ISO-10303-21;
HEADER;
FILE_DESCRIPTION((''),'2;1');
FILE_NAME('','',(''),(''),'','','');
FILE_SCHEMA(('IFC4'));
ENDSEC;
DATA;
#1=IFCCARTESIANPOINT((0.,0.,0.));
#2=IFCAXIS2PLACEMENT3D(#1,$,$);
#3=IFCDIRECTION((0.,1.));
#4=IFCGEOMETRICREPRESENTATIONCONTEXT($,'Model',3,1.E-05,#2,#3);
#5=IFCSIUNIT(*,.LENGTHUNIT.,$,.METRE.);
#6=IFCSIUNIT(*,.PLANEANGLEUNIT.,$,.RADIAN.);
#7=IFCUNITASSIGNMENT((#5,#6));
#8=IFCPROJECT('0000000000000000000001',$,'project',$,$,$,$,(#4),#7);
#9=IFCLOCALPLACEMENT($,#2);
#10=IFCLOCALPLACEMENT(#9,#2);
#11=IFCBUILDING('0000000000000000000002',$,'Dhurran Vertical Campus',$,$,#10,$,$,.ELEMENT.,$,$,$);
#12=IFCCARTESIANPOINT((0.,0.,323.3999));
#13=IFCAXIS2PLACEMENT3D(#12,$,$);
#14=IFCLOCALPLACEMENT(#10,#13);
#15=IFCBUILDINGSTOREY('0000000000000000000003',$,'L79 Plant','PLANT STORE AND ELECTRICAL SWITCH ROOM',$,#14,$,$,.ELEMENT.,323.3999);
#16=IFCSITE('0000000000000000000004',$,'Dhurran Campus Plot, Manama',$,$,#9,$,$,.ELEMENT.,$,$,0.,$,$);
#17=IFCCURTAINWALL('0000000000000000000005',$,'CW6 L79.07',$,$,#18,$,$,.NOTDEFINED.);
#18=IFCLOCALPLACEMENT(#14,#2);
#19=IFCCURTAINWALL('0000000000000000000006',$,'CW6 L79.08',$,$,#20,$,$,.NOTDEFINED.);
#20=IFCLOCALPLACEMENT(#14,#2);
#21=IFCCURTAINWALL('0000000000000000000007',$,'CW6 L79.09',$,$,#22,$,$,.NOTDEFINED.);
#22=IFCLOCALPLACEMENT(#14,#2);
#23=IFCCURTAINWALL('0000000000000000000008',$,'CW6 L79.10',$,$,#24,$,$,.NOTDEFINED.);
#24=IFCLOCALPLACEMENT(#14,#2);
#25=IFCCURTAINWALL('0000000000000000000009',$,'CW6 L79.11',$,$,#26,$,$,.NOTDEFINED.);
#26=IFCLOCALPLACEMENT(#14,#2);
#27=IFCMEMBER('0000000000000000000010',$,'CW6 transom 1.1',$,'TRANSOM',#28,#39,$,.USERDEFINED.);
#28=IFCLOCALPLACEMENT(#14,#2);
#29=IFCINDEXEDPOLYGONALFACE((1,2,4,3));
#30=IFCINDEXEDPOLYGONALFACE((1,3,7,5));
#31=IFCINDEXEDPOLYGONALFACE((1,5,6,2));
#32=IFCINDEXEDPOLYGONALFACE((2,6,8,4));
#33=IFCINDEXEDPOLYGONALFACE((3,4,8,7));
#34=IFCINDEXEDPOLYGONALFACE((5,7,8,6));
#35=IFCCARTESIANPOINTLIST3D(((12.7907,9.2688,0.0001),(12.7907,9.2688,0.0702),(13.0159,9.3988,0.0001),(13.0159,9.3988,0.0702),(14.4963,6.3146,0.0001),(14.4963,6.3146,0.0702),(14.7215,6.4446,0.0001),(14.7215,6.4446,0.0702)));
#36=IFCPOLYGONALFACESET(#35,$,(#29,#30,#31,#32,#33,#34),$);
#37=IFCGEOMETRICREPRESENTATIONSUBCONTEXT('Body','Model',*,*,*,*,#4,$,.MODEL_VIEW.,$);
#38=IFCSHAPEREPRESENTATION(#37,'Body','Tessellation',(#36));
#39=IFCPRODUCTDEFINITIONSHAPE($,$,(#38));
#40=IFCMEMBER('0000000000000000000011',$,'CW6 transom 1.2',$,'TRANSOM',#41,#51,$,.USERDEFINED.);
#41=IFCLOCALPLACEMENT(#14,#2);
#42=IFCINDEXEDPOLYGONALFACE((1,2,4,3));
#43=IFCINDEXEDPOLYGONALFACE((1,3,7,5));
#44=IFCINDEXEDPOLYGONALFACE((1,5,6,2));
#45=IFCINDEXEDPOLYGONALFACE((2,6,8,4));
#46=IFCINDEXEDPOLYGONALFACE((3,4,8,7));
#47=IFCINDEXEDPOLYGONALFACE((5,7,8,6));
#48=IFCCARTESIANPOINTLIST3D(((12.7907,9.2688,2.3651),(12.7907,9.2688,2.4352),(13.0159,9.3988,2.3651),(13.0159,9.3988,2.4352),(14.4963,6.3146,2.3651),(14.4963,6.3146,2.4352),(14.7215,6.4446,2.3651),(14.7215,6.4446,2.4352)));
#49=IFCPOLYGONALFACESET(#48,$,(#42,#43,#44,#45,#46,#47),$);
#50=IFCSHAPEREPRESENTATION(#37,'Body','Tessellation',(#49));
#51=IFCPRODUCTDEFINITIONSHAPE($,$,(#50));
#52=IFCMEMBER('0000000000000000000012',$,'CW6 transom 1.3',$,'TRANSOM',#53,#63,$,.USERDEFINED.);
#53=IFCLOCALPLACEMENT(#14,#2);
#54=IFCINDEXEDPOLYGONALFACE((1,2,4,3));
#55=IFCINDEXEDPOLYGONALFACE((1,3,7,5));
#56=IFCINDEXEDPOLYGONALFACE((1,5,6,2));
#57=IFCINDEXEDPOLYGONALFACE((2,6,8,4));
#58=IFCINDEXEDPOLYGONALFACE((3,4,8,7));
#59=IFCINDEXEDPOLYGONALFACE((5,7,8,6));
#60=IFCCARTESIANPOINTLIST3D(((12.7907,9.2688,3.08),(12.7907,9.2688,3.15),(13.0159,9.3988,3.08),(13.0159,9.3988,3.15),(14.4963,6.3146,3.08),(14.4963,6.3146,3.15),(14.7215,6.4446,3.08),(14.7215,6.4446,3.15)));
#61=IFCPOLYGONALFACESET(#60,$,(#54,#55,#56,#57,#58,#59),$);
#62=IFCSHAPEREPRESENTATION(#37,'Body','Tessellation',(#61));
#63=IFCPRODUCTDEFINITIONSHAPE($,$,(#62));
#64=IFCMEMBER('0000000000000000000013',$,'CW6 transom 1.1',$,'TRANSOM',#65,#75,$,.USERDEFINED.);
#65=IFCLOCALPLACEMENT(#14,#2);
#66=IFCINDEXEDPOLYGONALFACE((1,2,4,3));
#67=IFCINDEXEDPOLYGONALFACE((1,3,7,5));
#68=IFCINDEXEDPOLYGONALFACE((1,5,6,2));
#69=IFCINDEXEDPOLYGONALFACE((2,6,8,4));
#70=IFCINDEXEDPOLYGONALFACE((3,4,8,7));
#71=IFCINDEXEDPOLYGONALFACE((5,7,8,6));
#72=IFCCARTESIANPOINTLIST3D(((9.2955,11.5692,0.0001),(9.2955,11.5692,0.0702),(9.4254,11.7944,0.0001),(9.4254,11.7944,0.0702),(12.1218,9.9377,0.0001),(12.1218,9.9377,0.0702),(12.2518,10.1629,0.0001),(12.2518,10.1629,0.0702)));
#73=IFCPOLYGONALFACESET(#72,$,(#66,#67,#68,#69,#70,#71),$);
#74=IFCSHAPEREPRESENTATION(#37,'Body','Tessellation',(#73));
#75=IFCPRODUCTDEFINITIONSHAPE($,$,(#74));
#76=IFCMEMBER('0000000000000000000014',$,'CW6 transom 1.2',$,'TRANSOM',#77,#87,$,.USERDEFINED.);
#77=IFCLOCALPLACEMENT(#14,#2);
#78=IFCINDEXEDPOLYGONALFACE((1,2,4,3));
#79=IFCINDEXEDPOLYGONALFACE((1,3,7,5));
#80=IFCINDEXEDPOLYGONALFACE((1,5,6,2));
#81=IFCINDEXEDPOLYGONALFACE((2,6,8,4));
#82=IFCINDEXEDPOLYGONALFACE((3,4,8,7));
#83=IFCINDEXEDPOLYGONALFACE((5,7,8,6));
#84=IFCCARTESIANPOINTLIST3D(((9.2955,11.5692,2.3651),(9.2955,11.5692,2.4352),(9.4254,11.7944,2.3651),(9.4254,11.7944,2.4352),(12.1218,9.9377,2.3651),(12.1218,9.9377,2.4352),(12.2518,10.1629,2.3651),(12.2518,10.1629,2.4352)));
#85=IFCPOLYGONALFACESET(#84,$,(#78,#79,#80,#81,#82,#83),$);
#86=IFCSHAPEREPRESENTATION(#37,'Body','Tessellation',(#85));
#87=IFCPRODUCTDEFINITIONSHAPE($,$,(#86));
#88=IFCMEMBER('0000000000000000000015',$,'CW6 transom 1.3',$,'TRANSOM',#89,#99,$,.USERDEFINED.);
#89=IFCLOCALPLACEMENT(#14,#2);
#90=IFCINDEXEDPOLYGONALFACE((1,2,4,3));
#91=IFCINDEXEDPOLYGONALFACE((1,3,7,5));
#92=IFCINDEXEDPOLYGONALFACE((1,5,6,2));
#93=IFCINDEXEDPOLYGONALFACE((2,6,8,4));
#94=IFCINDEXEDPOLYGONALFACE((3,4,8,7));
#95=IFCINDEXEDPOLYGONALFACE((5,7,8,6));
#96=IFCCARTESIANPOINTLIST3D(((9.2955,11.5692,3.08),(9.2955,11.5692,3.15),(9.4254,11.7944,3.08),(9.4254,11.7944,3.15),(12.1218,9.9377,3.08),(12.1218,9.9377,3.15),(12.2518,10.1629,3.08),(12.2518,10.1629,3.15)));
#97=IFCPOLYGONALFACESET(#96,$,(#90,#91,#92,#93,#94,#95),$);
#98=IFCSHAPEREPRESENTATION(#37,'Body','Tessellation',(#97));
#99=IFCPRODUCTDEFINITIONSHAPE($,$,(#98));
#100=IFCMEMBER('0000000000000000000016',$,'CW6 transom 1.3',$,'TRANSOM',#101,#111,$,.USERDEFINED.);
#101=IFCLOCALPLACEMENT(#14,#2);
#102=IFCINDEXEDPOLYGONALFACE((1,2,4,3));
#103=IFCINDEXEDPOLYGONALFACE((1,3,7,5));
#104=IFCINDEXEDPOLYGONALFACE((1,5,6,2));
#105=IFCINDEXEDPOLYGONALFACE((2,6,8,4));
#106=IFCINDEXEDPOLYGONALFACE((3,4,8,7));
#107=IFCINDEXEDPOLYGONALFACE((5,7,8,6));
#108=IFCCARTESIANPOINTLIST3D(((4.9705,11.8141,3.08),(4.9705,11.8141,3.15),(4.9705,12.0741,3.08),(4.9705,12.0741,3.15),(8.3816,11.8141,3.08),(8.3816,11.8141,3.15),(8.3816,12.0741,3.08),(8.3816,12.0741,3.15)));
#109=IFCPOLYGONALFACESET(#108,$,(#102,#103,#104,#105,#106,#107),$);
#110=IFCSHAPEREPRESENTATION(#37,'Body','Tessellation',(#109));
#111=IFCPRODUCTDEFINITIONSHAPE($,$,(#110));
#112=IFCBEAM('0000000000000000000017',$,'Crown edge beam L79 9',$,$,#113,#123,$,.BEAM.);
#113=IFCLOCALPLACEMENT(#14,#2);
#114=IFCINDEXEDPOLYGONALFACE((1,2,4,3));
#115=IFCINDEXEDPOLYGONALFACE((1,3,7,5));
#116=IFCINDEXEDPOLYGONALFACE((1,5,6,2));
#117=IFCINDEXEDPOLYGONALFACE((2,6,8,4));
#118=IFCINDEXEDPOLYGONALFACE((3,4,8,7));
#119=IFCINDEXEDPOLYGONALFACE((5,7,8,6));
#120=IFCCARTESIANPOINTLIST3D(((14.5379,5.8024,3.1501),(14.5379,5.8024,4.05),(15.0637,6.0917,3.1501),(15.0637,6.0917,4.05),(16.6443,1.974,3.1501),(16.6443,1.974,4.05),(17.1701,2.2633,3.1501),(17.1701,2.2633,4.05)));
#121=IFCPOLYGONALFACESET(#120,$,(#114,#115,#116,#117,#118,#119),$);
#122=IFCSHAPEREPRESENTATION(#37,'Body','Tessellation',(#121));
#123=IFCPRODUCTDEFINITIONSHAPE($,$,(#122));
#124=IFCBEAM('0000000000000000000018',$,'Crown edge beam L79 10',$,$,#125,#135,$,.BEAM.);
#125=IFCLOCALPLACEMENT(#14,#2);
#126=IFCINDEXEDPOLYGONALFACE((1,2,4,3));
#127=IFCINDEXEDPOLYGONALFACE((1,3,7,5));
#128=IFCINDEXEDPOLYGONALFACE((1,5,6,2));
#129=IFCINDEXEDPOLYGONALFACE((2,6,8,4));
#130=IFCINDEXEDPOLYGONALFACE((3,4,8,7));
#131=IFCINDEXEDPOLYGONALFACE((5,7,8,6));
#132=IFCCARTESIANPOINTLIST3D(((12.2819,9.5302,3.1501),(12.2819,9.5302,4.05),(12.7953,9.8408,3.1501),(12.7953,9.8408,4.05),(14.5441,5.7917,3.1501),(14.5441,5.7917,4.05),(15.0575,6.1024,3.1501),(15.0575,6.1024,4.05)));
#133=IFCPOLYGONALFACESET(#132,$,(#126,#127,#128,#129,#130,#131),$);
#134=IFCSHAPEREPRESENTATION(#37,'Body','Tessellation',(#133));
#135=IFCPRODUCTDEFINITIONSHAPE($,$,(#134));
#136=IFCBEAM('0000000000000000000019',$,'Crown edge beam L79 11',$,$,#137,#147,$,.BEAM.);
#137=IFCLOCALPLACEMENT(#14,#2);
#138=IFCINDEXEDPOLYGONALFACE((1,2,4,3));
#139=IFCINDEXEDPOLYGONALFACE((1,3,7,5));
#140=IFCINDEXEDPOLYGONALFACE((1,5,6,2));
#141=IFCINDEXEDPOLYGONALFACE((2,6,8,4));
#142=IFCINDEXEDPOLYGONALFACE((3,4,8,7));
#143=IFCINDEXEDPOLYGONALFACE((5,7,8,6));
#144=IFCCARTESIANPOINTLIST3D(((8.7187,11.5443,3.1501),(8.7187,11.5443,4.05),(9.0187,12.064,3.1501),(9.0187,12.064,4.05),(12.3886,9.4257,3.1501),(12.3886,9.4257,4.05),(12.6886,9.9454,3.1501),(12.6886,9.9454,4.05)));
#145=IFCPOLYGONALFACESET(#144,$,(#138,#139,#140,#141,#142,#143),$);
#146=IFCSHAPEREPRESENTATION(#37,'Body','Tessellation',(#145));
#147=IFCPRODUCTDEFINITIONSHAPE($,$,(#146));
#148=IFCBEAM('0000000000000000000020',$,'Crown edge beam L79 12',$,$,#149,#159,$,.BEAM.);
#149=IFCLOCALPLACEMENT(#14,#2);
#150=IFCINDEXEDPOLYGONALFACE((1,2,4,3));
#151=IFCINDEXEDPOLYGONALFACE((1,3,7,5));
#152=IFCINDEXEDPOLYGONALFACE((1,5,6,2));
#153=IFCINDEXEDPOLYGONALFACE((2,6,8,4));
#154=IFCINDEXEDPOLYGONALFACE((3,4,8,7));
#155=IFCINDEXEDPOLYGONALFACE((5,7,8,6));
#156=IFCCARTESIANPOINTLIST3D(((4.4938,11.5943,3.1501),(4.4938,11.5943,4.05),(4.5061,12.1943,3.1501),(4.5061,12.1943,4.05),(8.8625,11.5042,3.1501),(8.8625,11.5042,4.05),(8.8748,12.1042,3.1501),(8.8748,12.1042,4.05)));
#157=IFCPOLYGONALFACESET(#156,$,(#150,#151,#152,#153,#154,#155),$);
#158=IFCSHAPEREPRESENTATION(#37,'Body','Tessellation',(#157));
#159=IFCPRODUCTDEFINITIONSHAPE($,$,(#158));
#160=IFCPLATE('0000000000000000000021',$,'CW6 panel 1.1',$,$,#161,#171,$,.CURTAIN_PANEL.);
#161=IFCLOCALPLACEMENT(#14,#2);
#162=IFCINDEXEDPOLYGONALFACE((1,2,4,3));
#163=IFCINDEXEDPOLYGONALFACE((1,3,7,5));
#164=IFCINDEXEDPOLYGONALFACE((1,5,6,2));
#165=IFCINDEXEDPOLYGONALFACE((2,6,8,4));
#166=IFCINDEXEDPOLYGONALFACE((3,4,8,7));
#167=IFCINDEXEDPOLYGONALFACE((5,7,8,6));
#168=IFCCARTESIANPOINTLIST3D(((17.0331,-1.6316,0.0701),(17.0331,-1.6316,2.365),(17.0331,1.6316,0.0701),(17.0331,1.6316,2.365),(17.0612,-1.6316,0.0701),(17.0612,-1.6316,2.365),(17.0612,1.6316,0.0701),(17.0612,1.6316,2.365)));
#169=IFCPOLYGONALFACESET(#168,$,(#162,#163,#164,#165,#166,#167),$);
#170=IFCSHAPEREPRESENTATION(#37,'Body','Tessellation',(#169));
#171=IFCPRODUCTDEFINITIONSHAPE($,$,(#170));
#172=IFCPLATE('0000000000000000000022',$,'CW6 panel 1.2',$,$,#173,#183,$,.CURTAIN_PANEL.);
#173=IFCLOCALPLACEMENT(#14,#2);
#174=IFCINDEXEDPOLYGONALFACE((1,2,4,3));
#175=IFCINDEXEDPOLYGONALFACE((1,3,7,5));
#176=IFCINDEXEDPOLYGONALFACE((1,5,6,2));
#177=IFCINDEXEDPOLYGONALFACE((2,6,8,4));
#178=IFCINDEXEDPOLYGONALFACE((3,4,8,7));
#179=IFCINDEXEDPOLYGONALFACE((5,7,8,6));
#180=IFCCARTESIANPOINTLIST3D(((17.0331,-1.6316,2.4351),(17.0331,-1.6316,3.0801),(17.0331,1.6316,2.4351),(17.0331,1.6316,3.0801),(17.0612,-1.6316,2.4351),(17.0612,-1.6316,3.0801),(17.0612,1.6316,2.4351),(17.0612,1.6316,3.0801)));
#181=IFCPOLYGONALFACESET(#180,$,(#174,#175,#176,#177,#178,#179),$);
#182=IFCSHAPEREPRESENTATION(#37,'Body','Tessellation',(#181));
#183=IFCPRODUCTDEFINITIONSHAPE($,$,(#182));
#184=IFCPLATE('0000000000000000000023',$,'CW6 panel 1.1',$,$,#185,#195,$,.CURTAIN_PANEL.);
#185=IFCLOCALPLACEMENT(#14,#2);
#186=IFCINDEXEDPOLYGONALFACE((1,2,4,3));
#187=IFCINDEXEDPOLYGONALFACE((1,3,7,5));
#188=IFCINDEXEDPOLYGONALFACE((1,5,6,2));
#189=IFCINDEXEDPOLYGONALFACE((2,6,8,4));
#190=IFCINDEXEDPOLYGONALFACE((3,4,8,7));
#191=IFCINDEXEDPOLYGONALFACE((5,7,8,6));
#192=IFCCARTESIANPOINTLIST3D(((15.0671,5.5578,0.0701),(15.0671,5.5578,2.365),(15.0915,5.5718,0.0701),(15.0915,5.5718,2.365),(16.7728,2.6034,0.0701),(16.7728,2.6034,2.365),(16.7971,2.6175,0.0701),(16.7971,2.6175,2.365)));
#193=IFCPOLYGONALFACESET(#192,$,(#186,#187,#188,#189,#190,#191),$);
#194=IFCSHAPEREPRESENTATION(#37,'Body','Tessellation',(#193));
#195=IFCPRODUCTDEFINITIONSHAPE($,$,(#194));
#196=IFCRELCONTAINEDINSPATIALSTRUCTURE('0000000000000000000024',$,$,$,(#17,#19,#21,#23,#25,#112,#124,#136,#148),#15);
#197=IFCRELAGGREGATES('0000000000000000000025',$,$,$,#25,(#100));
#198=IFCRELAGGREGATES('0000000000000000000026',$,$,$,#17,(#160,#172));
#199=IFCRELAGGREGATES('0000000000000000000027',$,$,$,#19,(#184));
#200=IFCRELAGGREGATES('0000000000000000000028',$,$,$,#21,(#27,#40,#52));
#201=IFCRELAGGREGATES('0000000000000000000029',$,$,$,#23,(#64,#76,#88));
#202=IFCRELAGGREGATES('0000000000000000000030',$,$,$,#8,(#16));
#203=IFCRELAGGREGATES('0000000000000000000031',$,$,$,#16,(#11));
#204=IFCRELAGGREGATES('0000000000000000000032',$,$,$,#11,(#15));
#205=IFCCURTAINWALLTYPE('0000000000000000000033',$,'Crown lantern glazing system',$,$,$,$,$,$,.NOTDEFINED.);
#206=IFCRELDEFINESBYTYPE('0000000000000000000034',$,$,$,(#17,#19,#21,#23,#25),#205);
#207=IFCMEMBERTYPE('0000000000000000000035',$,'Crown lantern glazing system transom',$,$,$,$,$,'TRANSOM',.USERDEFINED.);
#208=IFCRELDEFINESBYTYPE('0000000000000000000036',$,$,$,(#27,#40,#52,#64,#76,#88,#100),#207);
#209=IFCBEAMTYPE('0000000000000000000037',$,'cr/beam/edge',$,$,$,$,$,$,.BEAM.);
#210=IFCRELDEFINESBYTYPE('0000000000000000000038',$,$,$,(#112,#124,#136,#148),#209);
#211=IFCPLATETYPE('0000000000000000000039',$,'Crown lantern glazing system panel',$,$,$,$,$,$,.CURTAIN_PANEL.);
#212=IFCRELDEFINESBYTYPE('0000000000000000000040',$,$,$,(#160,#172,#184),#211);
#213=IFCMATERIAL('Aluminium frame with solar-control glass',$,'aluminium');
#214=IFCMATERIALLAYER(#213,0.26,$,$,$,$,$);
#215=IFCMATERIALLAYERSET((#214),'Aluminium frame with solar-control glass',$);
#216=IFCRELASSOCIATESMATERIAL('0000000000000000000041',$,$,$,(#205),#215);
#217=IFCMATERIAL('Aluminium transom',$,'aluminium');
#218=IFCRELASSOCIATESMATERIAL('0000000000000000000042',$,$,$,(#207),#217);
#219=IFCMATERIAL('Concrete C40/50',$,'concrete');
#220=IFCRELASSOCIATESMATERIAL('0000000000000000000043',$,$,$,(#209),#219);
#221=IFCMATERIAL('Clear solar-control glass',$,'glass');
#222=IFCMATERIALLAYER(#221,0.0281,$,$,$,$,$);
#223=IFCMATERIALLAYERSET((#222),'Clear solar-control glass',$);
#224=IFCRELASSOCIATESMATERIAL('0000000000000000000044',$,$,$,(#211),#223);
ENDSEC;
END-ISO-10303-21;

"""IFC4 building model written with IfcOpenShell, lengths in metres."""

from ifc_helpers import new_model, si_unit, direction, frame, origin, origin_2d, place, context, subcontext, project, spatial, rectangle, extrude, material, layer, layer_set, material_profile, profile_set, type_object, element, aggregate, save


model = new_model("IFC4")

# Units and contexts
model_context = context("Model", 3, precision=1e-05, world=origin(), true_north=direction((0.0, 1.0)))
body_context = subcontext(model_context, "Body", "Model", "MODEL_VIEW")
ifc_project = project(units=[si_unit("LENGTHUNIT", "METRE"), si_unit("PLANEANGLEUNIT", "RADIAN")], contexts=[model_context])

# Site, building, storey
site_placement = place(None, origin())
site = spatial("IfcSite", under=ifc_project, at=site_placement, Name="Dhurran Campus Plot, Manama", CompositionType="ELEMENT", RefElevation=0.0)
building_placement = place(site_placement, origin())
building = spatial("IfcBuilding", under=site, at=building_placement, Name="Dhurran Vertical Campus", CompositionType="ELEMENT")
storey_placement = place(building_placement, frame((0.0, 0.0, 323.3999)))
storey = spatial("IfcBuildingStorey", under=building, at=storey_placement, Name="L79 Plant", Description="PLANT STORE AND ELECTRICAL SWITCH ROOM", CompositionType="ELEMENT", Elevation=323.3999)

# Curtain wall
ifc_material_1 = material(Name="Aluminium frame with solar-control glass", Category="aluminium")
ifc_layer_1 = layer(ifc_material_1, 0.26)
ifc_layer_set_1 = layer_set([ifc_layer_1], Name="Aluminium frame with solar-control glass")
curtain_wall_type = type_object("IfcCurtainWallType", Name="Crown lantern glazing system", PredefinedType="NOTDEFINED", material=ifc_layer_set_1)
curtain_wall_1_placement = place(storey_placement, origin())
curtain_wall_1 = element("IfcCurtainWall", 1, at=curtain_wall_1_placement, inside=storey, type_object=curtain_wall_type, Name="CW6 L79.07", PredefinedType="NOTDEFINED")

# Curtain walls
curtain_wall_2_placement = place(storey_placement, origin())
curtain_wall_2 = element("IfcCurtainWall", 2, at=curtain_wall_2_placement, inside=storey, type_object=curtain_wall_type, Name="CW6 L79.08", PredefinedType="NOTDEFINED")
curtain_wall_3_placement = place(storey_placement, origin())
curtain_wall_3 = element("IfcCurtainWall", 3, at=curtain_wall_3_placement, inside=storey, type_object=curtain_wall_type, Name="CW6 L79.09", PredefinedType="NOTDEFINED")
curtain_wall_4_placement = place(storey_placement, origin())
curtain_wall_4 = element("IfcCurtainWall", 4, at=curtain_wall_4_placement, inside=storey, type_object=curtain_wall_type, Name="CW6 L79.10", PredefinedType="NOTDEFINED")

# Curtain wall
curtain_wall_5_placement = place(storey_placement, origin())
curtain_wall_5 = element("IfcCurtainWall", 5, at=curtain_wall_5_placement, inside=storey, type_object=curtain_wall_type, Name="CW6 L79.11", PredefinedType="NOTDEFINED")

# Members
ifc_material_2 = material(Name="Aluminium transom", Category="aluminium")
ifc_material_profile_1 = material_profile(ifc_material_2, rectangle(XDim=0.26, YDim=0.0701, at=origin_2d()), Name="Crown lantern glazing system transom")
ifc_profile_set_1 = profile_set([ifc_material_profile_1], Name="Aluminium transom")
member_type_1 = type_object("IfcMemberType", Name="Crown lantern glazing system transom", ElementType="TRANSOM", PredefinedType="USERDEFINED", material=ifc_profile_set_1)
member_1_placement = place(storey_placement, frame((14.6089, 6.3796, 0.0352), z_axis=(-0.500003, 0.866023, 0.0), x_axis=(-0.866023, -0.500003, 0.0)))
member_1 = element("IfcMember", 6, at=member_1_placement, type_object=member_type_1, Name="CW6 transom 1.1", ObjectType="TRANSOM", PredefinedType="USERDEFINED", context=body_context, shape_type="SweptSolid", body=[
    extrude(rectangle(XDim=0.26, YDim=0.0701, at=origin_2d()), origin(), (0.0, 0.0, 1.0), 3.4111),
])
member_2_placement = place(storey_placement, frame((14.6089, 6.3796, 2.4001), z_axis=(-0.500003, 0.866023, 0.0), x_axis=(-0.866023, -0.500003, 0.0)))
member_2 = element("IfcMember", 7, at=member_2_placement, type_object=member_type_1, Name="CW6 transom 1.2", ObjectType="TRANSOM", PredefinedType="USERDEFINED", context=body_context, shape_type="SweptSolid", body=[
    extrude(rectangle(XDim=0.26, YDim=0.0701, at=origin_2d()), origin(), (0.0, 0.0, 1.0), 3.4111),
])
member_3_placement = place(storey_placement, frame((14.6089, 6.3796, 3.115), z_axis=(-0.500003, 0.866023, 0.0), x_axis=(-0.866023, -0.500003, 0.0)))
member_3 = element("IfcMember", 8, at=member_3_placement, type_object=member_type_1, Name="CW6 transom 1.3", ObjectType="TRANSOM", PredefinedType="USERDEFINED", context=body_context, shape_type="SweptSolid", body=[
    extrude(rectangle(XDim=0.26, YDim=0.0701, at=origin_2d()), origin(), (0.0, 0.0, 1.0), 3.4111),
])
member_4_placement = place(storey_placement, frame((12.1868, 10.0503, 0.0352), z_axis=(-0.866057, 0.499945, 0.0), x_axis=(-0.499945, -0.866057, 0.0)))
member_4 = element("IfcMember", 9, at=member_4_placement, type_object=member_type_1, Name="CW6 transom 1.1", ObjectType="TRANSOM", PredefinedType="USERDEFINED", context=body_context, shape_type="SweptSolid", body=[
    extrude(rectangle(XDim=0.26, YDim=0.0701, at=origin_2d()), origin(), (0.0, 0.0, 1.0), 3.2634),
])
member_5_placement = place(storey_placement, frame((12.1868, 10.0503, 2.4001), z_axis=(-0.866057, 0.499945, 0.0), x_axis=(-0.499945, -0.866057, 0.0)))
member_5 = element("IfcMember", 10, at=member_5_placement, type_object=member_type_1, Name="CW6 transom 1.2", ObjectType="TRANSOM", PredefinedType="USERDEFINED", context=body_context, shape_type="SweptSolid", body=[
    extrude(rectangle(XDim=0.26, YDim=0.0701, at=origin_2d()), origin(), (0.0, 0.0, 1.0), 3.2634),
])
member_6_placement = place(storey_placement, frame((12.1868, 10.0503, 3.115), z_axis=(-0.866057, 0.499945, 0.0), x_axis=(-0.499945, -0.866057, 0.0)))
member_6 = element("IfcMember", 11, at=member_6_placement, type_object=member_type_1, Name="CW6 transom 1.3", ObjectType="TRANSOM", PredefinedType="USERDEFINED", context=body_context, shape_type="SweptSolid", body=[
    extrude(rectangle(XDim=0.26, YDim=0.0701, at=origin_2d()), origin(), (0.0, 0.0, 1.0), 3.2634),
])
member_7_placement = place(storey_placement, frame((8.3816, 11.9441, 3.115), z_axis=(-1.0, 0.0, 0.0), x_axis=(0.0, -1.0, 0.0)))
member_7 = element("IfcMember", 12, at=member_7_placement, type_object=member_type_1, Name="CW6 transom 1.3", ObjectType="TRANSOM", PredefinedType="USERDEFINED", context=body_context, shape_type="SweptSolid", body=[
    extrude(rectangle(XDim=0.26, YDim=0.0701, at=origin_2d()), origin(), (0.0, 0.0, 1.0), 3.4111),
])
aggregate(curtain_wall_5, [member_7])

# Beams
ifc_material_3 = material(Name="Concrete C40/50", Category="concrete")
ifc_material_profile_2 = material_profile(ifc_material_3, rectangle(XDim=0.6001, YDim=0.8999, at=origin_2d()), Name="cr/beam/edge")
ifc_profile_set_2 = profile_set([ifc_material_profile_2], Name="Concrete C40/50")
beam_type = type_object("IfcBeamType", Name="cr/beam/edge", PredefinedType="BEAM", material=ifc_profile_set_2)
for number, where, z_axis, x_axis, name in (
    (13, (16.9072, 2.1187, 3.6001), (-0.482067, 0.876135, 0.0), (-0.876135, -0.482067, 0.0), "Crown edge beam L79 9"),
    (14, (14.8008, 5.947, 3.6001), (-0.517705, 0.855559, 0.0), (-0.855559, -0.517705, 0.0), "Crown edge beam L79 10"),
):
    element("IfcBeam", number, at=place(storey_placement, frame(where, z_axis=z_axis, x_axis=x_axis)), inside=storey, type_object=beam_type, Name=name, PredefinedType="BEAM", context=body_context, shape_type="SweptSolid", body=[
        extrude(rectangle(XDim=0.6001, YDim=0.8999, at=origin_2d()), origin(), (0.0, 0.0, 1.0), 4.3696),
    ])
beam_1_placement = place(storey_placement, frame((12.5386, 9.6855, 3.6001), z_axis=(-0.866044, 0.499968, 0.0), x_axis=(-0.499968, -0.866044, 0.0)))
element("IfcBeam", 15, at=beam_1_placement, inside=storey, type_object=beam_type, Name="Crown edge beam L79 11", PredefinedType="BEAM", context=body_context, shape_type="SweptSolid", body=[
    extrude(rectangle(XDim=0.6001, YDim=0.8999, at=origin_2d()), origin(), (0.0, 0.0, 1.0), 4.2375),
])
beam_2_placement = place(storey_placement, frame((8.8687, 11.8042, 3.6001), z_axis=(-0.999787, 0.020617, 0.0), x_axis=(-0.020617, -0.999787, 0.0)))
element("IfcBeam", 16, at=beam_2_placement, inside=storey, type_object=beam_type, Name="Crown edge beam L79 12", PredefinedType="BEAM", context=body_context, shape_type="SweptSolid", body=[
    extrude(rectangle(XDim=0.6001, YDim=0.8999, at=origin_2d()), origin(), (0.0, 0.0, 1.0), 4.3696),
])

# Plates
ifc_material_4 = material(Name="Clear solar-control glass", Category="glass")
ifc_layer_2 = layer(ifc_material_4, 0.0281)
ifc_layer_set_2 = layer_set([ifc_layer_2], Name="Clear solar-control glass")
plate_type = type_object("IfcPlateType", Name="Crown lantern glazing system panel", PredefinedType="CURTAIN_PANEL", material=ifc_layer_set_2)
plate_1_placement = place(storey_placement, frame((17.0471, 0.0, 0.0701), z_axis=(0.0, 0.0, 1.0), x_axis=(0.0, 1.0, 0.0)))
plate_1 = element("IfcPlate", 17, at=plate_1_placement, type_object=plate_type, Name="CW6 panel 1.1", PredefinedType="CURTAIN_PANEL", context=body_context, shape_type="SweptSolid", body=[
    extrude(rectangle(XDim=3.2632, YDim=0.0281, at=origin_2d()), origin(), (0.0, 0.0, 1.0), 2.2949),
])
plate_2_placement = place(storey_placement, frame((17.0471, 0.0, 2.4351), z_axis=(0.0, 0.0, 1.0), x_axis=(0.0, 1.0, 0.0)))
plate_2 = element("IfcPlate", 18, at=plate_2_placement, type_object=plate_type, Name="CW6 panel 1.2", PredefinedType="CURTAIN_PANEL", context=body_context, shape_type="SweptSolid", body=[
    extrude(rectangle(XDim=3.2632, YDim=0.0281, at=origin_2d()), origin(), (0.0, 0.0, 1.0), 0.645),
])
aggregate(curtain_wall_1, [plate_1, plate_2])
plate_3_placement = place(storey_placement, frame((15.9321, 4.0876, 0.0701), z_axis=(0.0, 0.0, 1.0), x_axis=(-0.499991, 0.86603, 0.0)))
plate_3 = element("IfcPlate", 19, at=plate_3_placement, type_object=plate_type, Name="CW6 panel 1.1", PredefinedType="CURTAIN_PANEL", context=body_context, shape_type="SweptSolid", body=[
    extrude(rectangle(XDim=3.4114, YDim=0.0281, at=origin_2d()), origin(), (0.0, 0.0, 1.0), 2.2949),
])
aggregate(curtain_wall_2, [plate_3])
aggregate(curtain_wall_3, [member_1, member_2, member_3])
aggregate(curtain_wall_4, [member_4, member_5, member_6])

save(model, "model.ifc")
